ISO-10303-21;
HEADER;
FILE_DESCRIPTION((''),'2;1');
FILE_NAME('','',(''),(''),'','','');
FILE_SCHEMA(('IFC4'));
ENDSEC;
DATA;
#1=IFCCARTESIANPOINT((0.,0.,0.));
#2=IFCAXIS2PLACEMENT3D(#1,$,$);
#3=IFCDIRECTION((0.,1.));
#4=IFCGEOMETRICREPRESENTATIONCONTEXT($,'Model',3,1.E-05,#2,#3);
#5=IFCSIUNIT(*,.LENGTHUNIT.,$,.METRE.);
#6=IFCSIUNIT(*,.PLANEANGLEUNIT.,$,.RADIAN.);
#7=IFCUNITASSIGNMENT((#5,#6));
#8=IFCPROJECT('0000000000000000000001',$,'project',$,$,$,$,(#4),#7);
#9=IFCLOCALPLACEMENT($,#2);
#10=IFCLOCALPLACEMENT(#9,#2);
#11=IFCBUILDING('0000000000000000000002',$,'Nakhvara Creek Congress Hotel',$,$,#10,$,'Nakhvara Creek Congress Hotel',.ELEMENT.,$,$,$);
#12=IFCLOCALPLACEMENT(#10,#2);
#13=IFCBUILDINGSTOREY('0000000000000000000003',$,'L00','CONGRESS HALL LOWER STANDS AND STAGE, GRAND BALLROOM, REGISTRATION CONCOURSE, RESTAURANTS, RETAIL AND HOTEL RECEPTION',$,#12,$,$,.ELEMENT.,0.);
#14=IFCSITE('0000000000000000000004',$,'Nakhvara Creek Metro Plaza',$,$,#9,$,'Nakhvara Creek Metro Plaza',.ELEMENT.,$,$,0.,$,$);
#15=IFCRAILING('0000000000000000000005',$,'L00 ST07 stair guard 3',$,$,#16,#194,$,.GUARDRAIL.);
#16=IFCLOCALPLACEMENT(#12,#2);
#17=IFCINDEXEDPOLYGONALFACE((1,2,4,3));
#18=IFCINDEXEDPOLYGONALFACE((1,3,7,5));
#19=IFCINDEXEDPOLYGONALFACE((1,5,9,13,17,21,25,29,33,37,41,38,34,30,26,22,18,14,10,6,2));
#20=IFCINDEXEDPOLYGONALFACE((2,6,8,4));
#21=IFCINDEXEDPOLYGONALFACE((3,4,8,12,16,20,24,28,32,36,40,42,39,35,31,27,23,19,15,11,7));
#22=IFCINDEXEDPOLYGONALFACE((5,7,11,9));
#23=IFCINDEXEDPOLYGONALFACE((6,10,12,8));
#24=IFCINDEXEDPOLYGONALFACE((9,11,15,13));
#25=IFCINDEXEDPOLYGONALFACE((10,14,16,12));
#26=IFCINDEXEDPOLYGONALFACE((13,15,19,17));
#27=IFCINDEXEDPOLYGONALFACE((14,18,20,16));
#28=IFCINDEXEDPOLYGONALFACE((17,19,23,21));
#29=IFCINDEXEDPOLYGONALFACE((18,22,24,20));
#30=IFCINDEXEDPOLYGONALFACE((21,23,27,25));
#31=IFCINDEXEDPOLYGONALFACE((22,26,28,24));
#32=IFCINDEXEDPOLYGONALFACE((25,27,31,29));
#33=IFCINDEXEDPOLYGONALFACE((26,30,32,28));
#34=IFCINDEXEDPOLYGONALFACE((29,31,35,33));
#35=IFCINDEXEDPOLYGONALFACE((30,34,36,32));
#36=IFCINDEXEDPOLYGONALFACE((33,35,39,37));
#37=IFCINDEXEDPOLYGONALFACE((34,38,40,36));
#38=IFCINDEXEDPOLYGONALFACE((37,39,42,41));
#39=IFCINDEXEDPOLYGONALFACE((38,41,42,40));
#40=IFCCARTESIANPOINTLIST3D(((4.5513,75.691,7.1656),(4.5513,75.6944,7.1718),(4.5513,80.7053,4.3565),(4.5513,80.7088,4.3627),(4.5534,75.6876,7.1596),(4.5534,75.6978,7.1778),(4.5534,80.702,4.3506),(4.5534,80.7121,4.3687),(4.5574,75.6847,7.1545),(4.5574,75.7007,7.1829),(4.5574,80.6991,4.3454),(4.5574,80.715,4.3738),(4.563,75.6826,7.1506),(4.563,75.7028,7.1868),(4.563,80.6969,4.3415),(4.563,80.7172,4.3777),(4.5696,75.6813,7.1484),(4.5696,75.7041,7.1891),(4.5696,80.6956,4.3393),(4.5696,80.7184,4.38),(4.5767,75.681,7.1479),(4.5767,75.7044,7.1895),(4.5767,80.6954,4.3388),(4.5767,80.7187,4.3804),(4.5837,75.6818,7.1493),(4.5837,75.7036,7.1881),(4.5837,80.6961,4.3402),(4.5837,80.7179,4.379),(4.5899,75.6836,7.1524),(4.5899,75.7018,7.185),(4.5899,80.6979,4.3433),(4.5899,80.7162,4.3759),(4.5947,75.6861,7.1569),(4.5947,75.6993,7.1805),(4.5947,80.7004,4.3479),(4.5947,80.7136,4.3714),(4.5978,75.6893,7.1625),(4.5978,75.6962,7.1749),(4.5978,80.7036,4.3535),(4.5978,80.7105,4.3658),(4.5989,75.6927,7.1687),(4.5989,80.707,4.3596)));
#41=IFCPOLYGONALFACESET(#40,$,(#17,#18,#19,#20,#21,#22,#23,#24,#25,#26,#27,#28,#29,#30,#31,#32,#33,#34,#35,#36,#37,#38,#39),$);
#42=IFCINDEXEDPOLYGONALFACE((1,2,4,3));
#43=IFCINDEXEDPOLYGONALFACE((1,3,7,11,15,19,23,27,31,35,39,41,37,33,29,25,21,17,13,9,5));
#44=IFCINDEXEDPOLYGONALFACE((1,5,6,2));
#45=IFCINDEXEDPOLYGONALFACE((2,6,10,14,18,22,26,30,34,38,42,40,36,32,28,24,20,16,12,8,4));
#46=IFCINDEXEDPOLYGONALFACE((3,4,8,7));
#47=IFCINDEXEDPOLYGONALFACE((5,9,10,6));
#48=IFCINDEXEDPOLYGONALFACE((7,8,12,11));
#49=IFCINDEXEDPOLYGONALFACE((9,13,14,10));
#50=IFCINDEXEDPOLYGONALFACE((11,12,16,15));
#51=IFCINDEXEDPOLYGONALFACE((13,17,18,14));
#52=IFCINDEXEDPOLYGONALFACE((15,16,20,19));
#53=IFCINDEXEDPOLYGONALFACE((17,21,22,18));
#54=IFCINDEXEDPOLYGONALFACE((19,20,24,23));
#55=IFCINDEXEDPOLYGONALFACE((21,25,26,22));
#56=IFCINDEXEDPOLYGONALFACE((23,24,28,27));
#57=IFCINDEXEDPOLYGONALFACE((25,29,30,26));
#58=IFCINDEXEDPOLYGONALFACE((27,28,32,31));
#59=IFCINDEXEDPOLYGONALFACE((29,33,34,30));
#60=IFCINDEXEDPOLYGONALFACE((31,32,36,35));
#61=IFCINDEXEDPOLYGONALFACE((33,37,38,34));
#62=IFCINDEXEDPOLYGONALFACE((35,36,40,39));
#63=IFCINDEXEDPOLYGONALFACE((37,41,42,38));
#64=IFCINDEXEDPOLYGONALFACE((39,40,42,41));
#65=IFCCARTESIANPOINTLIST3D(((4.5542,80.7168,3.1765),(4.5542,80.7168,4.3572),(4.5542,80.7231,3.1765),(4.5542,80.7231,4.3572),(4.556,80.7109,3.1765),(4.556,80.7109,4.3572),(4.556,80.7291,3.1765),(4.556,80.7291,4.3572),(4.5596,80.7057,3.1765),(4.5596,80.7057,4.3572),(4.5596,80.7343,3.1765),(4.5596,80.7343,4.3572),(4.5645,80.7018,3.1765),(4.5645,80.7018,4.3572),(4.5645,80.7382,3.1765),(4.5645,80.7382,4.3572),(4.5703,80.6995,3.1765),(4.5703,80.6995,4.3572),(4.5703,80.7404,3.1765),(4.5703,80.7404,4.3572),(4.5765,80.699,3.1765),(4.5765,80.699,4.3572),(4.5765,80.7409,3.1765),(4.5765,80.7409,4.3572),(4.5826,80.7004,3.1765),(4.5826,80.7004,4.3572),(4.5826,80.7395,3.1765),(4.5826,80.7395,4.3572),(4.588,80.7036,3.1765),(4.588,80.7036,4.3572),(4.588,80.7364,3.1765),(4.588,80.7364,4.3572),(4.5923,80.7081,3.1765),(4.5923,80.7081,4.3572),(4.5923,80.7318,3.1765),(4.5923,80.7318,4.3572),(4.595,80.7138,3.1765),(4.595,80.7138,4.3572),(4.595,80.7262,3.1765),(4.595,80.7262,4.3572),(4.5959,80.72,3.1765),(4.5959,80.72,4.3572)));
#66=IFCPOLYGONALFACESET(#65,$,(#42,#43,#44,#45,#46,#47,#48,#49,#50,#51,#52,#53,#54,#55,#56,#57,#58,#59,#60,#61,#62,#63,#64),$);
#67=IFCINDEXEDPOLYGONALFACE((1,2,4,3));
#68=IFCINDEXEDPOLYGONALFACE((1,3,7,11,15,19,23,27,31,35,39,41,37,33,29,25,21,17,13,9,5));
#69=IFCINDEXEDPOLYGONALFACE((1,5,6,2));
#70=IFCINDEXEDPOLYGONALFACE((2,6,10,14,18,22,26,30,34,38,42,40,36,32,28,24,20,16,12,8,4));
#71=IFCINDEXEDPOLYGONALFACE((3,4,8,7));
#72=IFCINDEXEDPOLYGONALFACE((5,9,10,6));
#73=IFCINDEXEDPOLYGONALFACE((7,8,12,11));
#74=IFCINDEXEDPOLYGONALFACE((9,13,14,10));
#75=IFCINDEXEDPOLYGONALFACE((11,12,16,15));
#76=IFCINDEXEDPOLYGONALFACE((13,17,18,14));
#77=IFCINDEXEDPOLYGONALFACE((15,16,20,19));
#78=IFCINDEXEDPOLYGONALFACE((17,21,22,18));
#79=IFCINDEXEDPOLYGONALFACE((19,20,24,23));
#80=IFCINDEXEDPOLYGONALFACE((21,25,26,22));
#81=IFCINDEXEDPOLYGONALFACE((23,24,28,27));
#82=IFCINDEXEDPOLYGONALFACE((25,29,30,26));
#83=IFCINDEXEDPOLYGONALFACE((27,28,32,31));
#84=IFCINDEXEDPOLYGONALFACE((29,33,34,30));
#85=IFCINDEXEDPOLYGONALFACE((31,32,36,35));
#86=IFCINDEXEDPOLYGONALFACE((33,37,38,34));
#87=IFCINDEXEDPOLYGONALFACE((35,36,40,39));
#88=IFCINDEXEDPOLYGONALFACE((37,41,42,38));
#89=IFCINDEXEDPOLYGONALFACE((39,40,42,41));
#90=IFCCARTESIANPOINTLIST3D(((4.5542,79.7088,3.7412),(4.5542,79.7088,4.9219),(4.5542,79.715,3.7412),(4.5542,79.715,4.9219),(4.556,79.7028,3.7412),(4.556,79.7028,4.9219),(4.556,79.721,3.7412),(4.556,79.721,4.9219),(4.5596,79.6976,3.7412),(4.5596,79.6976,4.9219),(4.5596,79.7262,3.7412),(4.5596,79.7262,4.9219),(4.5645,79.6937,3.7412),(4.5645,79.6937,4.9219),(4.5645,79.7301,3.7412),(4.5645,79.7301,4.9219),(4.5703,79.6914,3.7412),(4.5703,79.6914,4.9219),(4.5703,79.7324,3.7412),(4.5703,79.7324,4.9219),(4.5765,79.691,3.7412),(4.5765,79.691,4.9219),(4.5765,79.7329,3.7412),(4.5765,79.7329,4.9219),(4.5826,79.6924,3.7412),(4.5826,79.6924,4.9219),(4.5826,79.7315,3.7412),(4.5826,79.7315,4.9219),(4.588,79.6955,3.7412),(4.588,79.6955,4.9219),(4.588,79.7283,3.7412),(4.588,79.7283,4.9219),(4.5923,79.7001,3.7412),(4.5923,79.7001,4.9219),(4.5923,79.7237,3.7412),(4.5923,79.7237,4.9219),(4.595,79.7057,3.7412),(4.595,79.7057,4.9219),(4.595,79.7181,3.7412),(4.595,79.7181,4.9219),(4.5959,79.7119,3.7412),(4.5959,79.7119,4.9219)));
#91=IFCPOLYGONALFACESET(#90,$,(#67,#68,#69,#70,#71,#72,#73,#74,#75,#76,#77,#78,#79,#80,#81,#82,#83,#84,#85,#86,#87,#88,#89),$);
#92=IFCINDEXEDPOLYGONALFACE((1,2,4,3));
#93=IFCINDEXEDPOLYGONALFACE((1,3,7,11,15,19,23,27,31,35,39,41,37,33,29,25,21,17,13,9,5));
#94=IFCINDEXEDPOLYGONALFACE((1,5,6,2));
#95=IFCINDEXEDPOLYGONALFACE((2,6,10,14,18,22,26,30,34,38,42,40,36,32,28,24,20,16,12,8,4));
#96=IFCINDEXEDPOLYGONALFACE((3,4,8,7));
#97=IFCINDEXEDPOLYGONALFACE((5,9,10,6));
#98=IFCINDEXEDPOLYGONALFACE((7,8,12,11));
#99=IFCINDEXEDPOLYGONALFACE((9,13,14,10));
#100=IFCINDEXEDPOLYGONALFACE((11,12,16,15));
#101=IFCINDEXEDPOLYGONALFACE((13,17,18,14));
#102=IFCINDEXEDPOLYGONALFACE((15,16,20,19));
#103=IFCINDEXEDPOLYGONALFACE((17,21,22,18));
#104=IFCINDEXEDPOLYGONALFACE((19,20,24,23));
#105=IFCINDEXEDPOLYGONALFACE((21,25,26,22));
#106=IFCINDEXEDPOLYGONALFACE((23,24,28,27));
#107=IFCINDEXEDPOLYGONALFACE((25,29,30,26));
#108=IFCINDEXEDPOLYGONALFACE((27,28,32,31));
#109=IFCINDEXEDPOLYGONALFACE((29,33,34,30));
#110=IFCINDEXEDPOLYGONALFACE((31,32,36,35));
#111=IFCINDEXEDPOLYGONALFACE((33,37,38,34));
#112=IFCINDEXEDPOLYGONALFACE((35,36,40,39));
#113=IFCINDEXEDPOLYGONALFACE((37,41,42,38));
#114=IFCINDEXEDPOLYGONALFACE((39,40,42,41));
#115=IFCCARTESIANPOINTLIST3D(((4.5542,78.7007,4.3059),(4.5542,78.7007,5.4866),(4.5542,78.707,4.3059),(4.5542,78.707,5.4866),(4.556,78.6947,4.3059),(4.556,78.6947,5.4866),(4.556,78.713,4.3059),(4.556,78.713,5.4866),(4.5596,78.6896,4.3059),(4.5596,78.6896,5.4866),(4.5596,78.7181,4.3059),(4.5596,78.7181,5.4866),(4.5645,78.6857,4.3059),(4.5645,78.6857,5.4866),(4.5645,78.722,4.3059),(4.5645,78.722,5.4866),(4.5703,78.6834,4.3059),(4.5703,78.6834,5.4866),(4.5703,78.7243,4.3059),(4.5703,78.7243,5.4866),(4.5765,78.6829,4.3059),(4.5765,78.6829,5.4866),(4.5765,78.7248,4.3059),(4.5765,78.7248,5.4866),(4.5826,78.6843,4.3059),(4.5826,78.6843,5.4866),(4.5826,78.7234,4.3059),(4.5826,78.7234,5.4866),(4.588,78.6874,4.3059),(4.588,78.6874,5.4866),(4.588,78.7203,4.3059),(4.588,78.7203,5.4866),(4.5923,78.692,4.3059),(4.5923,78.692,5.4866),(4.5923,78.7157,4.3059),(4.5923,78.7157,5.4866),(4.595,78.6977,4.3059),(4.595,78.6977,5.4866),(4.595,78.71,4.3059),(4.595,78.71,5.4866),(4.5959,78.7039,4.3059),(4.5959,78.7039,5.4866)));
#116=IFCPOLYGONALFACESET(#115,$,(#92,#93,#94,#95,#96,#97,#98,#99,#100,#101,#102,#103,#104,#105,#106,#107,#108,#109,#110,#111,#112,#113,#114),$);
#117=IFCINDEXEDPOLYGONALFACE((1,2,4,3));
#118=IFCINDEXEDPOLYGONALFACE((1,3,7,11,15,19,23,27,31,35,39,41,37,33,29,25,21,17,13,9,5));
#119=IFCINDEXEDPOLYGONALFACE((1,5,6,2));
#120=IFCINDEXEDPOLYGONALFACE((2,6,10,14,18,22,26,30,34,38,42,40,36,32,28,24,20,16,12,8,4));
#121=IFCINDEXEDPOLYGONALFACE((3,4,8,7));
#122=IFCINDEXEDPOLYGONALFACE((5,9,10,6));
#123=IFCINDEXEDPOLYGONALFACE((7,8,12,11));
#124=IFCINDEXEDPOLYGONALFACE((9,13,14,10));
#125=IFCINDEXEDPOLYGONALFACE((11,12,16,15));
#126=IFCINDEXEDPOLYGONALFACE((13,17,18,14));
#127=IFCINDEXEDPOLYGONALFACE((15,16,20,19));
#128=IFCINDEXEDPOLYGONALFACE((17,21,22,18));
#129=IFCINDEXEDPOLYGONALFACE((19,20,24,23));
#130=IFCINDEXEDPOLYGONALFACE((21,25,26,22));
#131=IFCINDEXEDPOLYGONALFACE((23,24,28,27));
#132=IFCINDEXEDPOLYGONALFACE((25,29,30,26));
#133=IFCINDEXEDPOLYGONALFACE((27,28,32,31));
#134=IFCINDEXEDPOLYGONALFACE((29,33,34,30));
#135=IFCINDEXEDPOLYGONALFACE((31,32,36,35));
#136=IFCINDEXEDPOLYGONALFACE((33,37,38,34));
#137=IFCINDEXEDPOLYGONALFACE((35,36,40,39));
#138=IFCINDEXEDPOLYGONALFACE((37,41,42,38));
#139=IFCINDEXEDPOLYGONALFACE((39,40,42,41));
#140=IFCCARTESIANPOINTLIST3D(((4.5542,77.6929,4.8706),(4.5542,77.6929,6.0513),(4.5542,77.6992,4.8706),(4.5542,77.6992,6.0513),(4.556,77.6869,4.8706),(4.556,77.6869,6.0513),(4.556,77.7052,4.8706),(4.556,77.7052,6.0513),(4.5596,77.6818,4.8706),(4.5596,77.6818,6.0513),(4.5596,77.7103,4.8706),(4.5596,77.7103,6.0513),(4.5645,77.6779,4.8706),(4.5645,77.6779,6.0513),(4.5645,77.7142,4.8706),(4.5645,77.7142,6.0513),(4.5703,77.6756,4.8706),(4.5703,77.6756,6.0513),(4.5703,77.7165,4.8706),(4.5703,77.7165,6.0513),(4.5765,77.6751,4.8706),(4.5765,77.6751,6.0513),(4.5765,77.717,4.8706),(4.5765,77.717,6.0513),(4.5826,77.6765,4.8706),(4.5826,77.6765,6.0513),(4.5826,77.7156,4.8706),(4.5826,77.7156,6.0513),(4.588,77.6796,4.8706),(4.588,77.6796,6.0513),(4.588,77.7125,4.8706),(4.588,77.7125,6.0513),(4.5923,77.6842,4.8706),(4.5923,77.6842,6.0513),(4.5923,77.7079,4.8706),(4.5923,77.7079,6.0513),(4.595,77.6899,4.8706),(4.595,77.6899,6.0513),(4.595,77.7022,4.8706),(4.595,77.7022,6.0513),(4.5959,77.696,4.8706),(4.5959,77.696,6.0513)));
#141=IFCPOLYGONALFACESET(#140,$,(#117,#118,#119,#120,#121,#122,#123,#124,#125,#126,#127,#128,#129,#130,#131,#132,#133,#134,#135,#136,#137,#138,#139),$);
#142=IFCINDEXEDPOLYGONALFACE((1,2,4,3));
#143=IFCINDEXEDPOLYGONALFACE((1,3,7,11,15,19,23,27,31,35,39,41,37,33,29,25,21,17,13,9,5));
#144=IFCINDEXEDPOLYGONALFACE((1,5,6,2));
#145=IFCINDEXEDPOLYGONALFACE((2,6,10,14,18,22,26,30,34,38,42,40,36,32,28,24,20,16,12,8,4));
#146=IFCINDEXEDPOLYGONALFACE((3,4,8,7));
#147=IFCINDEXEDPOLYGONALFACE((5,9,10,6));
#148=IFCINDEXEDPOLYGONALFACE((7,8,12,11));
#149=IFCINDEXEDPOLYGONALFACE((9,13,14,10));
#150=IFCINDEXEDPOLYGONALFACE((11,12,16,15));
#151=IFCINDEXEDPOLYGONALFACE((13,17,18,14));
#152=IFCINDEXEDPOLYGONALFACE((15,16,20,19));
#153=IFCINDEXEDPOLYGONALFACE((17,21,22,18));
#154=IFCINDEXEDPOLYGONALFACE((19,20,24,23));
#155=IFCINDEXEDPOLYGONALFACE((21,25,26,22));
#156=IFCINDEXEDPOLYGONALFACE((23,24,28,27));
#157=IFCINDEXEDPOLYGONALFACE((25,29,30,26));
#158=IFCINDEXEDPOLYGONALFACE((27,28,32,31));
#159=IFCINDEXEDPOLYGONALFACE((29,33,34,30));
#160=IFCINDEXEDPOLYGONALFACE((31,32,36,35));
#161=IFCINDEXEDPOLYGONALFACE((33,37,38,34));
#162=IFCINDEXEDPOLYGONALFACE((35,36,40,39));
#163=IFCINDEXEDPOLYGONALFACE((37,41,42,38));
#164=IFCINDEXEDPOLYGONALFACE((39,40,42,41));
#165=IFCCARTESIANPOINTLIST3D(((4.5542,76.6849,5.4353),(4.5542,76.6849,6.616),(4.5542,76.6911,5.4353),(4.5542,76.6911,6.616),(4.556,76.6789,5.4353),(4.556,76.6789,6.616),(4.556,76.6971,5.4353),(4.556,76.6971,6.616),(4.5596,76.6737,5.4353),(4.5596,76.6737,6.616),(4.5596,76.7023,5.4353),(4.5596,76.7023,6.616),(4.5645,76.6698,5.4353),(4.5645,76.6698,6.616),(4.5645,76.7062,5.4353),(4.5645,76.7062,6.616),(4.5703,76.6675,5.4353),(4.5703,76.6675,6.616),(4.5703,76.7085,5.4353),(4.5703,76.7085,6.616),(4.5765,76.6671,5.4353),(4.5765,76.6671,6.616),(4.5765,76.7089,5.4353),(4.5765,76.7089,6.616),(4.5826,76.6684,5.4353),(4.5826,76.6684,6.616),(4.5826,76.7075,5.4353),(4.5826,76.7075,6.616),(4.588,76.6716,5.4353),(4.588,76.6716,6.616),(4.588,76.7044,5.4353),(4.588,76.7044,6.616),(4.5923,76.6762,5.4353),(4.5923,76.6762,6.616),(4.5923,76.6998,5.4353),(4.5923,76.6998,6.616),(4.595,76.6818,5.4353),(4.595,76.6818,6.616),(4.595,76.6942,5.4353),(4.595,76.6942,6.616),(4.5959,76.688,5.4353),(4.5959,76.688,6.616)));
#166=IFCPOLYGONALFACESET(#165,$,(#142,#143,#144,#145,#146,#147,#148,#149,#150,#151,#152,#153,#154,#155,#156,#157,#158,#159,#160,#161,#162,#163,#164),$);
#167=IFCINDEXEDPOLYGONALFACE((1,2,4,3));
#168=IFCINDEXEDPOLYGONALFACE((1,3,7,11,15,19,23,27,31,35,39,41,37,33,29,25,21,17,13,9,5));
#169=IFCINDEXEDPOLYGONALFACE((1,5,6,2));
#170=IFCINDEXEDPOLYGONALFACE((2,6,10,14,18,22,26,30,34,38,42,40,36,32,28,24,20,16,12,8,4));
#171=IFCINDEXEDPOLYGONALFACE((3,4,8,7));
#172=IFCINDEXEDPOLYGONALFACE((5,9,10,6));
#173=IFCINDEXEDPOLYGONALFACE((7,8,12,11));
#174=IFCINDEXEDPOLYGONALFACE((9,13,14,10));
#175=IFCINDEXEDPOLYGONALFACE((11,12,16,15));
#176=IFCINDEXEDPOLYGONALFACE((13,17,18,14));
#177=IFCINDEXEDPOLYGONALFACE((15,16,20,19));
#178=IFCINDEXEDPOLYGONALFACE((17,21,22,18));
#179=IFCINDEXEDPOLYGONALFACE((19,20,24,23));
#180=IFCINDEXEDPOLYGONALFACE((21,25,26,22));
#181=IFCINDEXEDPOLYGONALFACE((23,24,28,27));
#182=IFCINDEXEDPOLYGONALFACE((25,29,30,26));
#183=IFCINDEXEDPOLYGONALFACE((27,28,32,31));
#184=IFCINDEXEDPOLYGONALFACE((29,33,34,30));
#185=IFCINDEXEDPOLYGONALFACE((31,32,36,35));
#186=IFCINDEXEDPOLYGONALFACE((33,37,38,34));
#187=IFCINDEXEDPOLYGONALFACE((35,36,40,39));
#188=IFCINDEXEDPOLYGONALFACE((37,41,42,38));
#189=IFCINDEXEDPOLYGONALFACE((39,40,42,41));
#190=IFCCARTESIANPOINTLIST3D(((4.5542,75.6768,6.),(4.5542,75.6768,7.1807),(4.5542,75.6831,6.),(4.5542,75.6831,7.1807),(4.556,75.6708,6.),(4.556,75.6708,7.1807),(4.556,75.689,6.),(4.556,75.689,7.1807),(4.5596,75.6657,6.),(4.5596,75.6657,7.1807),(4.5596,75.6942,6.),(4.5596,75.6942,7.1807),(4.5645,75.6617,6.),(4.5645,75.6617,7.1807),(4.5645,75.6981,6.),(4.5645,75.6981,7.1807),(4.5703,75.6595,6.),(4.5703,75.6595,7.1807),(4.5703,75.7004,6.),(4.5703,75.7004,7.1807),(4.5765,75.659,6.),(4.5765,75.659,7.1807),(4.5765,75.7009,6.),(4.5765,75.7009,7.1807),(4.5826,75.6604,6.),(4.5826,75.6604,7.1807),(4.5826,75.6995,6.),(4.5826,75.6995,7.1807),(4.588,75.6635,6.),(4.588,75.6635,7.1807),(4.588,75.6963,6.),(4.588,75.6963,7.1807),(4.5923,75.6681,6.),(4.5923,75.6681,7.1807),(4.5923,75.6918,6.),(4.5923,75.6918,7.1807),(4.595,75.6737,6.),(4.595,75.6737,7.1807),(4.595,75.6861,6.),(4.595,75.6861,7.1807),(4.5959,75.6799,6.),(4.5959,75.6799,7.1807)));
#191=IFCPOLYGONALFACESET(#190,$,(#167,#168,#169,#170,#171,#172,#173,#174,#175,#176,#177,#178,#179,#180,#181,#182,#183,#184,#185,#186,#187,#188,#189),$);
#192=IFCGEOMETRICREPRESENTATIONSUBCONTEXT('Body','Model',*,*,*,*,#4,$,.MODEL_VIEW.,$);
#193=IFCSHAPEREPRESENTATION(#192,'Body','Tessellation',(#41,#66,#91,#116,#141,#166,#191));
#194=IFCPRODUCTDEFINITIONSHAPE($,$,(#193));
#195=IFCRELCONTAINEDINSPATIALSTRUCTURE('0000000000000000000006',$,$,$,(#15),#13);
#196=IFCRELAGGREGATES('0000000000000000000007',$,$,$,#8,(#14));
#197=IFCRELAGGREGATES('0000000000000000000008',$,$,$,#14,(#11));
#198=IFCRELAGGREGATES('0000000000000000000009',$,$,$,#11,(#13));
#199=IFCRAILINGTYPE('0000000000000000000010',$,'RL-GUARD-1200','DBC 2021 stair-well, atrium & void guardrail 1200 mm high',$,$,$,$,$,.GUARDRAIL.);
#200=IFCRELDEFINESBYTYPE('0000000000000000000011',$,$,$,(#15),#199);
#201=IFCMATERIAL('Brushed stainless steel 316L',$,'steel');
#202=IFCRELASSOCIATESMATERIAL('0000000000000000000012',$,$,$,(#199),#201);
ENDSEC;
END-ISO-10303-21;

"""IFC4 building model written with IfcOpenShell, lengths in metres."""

from ifc_helpers import new_model, si_unit, direction, frame, origin, origin_2d, place, context, subcontext, project, spatial, circle, extrude, material, type_object, element, save


model = new_model("IFC4")

# Units and contexts
model_context = context("Model", 3, precision=1e-05, world=origin(), true_north=direction((0.0, 1.0)))
body_context = subcontext(model_context, "Body", "Model", "MODEL_VIEW")
ifc_project = project(units=[si_unit("LENGTHUNIT", "METRE"), si_unit("PLANEANGLEUNIT", "RADIAN")], contexts=[model_context])

# Site, building, storey
site_placement = place(None, origin())
site = spatial("IfcSite", under=ifc_project, at=site_placement, Name="Nakhvara Creek Metro Plaza", LongName="Nakhvara Creek Metro Plaza", CompositionType="ELEMENT", RefElevation=0.0)
building_placement = place(site_placement, origin())
building = spatial("IfcBuilding", under=site, at=building_placement, Name="Nakhvara Creek Congress Hotel", LongName="Nakhvara Creek Congress Hotel", CompositionType="ELEMENT")
storey_placement = place(building_placement, origin())
storey = spatial("IfcBuildingStorey", under=building, at=storey_placement, Name="L00", Description="CONGRESS HALL LOWER STANDS AND STAGE, GRAND BALLROOM, REGISTRATION CONCOURSE, RESTAURANTS, RETAIL AND HOTEL RECEPTION", CompositionType="ELEMENT", Elevation=0.0)

# Railing
ifc_material_1 = material(Name="Brushed stainless steel 316L", Category="steel")
railing_type_1 = type_object("IfcRailingType", Name="RL-GUARD-1200", Description="DBC 2021 stair-well, atrium & void guardrail 1200 mm high", PredefinedType="GUARDRAIL", material=ifc_material_1)
railing_1_placement = place(storey_placement, frame((4.575, 80.72, 3.1765)))
element("IfcRailing", 1, at=railing_1_placement, inside=storey, type_object=railing_type_1, Name="L00 ST07 stair guard 3", PredefinedType="GUARDRAIL", context=body_context, shape_type="SweptSolid", body=[
    extrude(circle(Radius=0.0239, at=origin_2d()), frame((0.0, -0.0129, 1.1831), z_axis=(0.0, -0.872427, 0.488744), x_axis=(1.0, 0.0, 0.0)), (0.0, 0.0, 1.0), 5.7476),
    extrude(circle(Radius=0.021, at=origin_2d()), origin(), (0.0, 0.0, 1.0), 1.1807),
    extrude(circle(Radius=0.021, at=origin_2d()), frame((0.0, -1.0081, 0.5647)), (0.0, 0.0, 1.0), 1.1807),
    extrude(circle(Radius=0.021, at=origin_2d()), frame((0.0, -2.0161, 1.1294)), (0.0, 0.0, 1.0), 1.1807),
    extrude(circle(Radius=0.021, at=origin_2d()), frame((0.0, -3.0239, 1.6941)), (0.0, 0.0, 1.0), 1.1807),
    extrude(circle(Radius=0.021, at=origin_2d()), frame((0.0, -4.032, 2.2588)), (0.0, 0.0, 1.0), 1.1807),
    extrude(circle(Radius=0.021, at=origin_2d()), frame((0.0, -5.04, 2.8235)), (0.0, 0.0, 1.0), 1.1807),
])

save(model, "model.ifc")
